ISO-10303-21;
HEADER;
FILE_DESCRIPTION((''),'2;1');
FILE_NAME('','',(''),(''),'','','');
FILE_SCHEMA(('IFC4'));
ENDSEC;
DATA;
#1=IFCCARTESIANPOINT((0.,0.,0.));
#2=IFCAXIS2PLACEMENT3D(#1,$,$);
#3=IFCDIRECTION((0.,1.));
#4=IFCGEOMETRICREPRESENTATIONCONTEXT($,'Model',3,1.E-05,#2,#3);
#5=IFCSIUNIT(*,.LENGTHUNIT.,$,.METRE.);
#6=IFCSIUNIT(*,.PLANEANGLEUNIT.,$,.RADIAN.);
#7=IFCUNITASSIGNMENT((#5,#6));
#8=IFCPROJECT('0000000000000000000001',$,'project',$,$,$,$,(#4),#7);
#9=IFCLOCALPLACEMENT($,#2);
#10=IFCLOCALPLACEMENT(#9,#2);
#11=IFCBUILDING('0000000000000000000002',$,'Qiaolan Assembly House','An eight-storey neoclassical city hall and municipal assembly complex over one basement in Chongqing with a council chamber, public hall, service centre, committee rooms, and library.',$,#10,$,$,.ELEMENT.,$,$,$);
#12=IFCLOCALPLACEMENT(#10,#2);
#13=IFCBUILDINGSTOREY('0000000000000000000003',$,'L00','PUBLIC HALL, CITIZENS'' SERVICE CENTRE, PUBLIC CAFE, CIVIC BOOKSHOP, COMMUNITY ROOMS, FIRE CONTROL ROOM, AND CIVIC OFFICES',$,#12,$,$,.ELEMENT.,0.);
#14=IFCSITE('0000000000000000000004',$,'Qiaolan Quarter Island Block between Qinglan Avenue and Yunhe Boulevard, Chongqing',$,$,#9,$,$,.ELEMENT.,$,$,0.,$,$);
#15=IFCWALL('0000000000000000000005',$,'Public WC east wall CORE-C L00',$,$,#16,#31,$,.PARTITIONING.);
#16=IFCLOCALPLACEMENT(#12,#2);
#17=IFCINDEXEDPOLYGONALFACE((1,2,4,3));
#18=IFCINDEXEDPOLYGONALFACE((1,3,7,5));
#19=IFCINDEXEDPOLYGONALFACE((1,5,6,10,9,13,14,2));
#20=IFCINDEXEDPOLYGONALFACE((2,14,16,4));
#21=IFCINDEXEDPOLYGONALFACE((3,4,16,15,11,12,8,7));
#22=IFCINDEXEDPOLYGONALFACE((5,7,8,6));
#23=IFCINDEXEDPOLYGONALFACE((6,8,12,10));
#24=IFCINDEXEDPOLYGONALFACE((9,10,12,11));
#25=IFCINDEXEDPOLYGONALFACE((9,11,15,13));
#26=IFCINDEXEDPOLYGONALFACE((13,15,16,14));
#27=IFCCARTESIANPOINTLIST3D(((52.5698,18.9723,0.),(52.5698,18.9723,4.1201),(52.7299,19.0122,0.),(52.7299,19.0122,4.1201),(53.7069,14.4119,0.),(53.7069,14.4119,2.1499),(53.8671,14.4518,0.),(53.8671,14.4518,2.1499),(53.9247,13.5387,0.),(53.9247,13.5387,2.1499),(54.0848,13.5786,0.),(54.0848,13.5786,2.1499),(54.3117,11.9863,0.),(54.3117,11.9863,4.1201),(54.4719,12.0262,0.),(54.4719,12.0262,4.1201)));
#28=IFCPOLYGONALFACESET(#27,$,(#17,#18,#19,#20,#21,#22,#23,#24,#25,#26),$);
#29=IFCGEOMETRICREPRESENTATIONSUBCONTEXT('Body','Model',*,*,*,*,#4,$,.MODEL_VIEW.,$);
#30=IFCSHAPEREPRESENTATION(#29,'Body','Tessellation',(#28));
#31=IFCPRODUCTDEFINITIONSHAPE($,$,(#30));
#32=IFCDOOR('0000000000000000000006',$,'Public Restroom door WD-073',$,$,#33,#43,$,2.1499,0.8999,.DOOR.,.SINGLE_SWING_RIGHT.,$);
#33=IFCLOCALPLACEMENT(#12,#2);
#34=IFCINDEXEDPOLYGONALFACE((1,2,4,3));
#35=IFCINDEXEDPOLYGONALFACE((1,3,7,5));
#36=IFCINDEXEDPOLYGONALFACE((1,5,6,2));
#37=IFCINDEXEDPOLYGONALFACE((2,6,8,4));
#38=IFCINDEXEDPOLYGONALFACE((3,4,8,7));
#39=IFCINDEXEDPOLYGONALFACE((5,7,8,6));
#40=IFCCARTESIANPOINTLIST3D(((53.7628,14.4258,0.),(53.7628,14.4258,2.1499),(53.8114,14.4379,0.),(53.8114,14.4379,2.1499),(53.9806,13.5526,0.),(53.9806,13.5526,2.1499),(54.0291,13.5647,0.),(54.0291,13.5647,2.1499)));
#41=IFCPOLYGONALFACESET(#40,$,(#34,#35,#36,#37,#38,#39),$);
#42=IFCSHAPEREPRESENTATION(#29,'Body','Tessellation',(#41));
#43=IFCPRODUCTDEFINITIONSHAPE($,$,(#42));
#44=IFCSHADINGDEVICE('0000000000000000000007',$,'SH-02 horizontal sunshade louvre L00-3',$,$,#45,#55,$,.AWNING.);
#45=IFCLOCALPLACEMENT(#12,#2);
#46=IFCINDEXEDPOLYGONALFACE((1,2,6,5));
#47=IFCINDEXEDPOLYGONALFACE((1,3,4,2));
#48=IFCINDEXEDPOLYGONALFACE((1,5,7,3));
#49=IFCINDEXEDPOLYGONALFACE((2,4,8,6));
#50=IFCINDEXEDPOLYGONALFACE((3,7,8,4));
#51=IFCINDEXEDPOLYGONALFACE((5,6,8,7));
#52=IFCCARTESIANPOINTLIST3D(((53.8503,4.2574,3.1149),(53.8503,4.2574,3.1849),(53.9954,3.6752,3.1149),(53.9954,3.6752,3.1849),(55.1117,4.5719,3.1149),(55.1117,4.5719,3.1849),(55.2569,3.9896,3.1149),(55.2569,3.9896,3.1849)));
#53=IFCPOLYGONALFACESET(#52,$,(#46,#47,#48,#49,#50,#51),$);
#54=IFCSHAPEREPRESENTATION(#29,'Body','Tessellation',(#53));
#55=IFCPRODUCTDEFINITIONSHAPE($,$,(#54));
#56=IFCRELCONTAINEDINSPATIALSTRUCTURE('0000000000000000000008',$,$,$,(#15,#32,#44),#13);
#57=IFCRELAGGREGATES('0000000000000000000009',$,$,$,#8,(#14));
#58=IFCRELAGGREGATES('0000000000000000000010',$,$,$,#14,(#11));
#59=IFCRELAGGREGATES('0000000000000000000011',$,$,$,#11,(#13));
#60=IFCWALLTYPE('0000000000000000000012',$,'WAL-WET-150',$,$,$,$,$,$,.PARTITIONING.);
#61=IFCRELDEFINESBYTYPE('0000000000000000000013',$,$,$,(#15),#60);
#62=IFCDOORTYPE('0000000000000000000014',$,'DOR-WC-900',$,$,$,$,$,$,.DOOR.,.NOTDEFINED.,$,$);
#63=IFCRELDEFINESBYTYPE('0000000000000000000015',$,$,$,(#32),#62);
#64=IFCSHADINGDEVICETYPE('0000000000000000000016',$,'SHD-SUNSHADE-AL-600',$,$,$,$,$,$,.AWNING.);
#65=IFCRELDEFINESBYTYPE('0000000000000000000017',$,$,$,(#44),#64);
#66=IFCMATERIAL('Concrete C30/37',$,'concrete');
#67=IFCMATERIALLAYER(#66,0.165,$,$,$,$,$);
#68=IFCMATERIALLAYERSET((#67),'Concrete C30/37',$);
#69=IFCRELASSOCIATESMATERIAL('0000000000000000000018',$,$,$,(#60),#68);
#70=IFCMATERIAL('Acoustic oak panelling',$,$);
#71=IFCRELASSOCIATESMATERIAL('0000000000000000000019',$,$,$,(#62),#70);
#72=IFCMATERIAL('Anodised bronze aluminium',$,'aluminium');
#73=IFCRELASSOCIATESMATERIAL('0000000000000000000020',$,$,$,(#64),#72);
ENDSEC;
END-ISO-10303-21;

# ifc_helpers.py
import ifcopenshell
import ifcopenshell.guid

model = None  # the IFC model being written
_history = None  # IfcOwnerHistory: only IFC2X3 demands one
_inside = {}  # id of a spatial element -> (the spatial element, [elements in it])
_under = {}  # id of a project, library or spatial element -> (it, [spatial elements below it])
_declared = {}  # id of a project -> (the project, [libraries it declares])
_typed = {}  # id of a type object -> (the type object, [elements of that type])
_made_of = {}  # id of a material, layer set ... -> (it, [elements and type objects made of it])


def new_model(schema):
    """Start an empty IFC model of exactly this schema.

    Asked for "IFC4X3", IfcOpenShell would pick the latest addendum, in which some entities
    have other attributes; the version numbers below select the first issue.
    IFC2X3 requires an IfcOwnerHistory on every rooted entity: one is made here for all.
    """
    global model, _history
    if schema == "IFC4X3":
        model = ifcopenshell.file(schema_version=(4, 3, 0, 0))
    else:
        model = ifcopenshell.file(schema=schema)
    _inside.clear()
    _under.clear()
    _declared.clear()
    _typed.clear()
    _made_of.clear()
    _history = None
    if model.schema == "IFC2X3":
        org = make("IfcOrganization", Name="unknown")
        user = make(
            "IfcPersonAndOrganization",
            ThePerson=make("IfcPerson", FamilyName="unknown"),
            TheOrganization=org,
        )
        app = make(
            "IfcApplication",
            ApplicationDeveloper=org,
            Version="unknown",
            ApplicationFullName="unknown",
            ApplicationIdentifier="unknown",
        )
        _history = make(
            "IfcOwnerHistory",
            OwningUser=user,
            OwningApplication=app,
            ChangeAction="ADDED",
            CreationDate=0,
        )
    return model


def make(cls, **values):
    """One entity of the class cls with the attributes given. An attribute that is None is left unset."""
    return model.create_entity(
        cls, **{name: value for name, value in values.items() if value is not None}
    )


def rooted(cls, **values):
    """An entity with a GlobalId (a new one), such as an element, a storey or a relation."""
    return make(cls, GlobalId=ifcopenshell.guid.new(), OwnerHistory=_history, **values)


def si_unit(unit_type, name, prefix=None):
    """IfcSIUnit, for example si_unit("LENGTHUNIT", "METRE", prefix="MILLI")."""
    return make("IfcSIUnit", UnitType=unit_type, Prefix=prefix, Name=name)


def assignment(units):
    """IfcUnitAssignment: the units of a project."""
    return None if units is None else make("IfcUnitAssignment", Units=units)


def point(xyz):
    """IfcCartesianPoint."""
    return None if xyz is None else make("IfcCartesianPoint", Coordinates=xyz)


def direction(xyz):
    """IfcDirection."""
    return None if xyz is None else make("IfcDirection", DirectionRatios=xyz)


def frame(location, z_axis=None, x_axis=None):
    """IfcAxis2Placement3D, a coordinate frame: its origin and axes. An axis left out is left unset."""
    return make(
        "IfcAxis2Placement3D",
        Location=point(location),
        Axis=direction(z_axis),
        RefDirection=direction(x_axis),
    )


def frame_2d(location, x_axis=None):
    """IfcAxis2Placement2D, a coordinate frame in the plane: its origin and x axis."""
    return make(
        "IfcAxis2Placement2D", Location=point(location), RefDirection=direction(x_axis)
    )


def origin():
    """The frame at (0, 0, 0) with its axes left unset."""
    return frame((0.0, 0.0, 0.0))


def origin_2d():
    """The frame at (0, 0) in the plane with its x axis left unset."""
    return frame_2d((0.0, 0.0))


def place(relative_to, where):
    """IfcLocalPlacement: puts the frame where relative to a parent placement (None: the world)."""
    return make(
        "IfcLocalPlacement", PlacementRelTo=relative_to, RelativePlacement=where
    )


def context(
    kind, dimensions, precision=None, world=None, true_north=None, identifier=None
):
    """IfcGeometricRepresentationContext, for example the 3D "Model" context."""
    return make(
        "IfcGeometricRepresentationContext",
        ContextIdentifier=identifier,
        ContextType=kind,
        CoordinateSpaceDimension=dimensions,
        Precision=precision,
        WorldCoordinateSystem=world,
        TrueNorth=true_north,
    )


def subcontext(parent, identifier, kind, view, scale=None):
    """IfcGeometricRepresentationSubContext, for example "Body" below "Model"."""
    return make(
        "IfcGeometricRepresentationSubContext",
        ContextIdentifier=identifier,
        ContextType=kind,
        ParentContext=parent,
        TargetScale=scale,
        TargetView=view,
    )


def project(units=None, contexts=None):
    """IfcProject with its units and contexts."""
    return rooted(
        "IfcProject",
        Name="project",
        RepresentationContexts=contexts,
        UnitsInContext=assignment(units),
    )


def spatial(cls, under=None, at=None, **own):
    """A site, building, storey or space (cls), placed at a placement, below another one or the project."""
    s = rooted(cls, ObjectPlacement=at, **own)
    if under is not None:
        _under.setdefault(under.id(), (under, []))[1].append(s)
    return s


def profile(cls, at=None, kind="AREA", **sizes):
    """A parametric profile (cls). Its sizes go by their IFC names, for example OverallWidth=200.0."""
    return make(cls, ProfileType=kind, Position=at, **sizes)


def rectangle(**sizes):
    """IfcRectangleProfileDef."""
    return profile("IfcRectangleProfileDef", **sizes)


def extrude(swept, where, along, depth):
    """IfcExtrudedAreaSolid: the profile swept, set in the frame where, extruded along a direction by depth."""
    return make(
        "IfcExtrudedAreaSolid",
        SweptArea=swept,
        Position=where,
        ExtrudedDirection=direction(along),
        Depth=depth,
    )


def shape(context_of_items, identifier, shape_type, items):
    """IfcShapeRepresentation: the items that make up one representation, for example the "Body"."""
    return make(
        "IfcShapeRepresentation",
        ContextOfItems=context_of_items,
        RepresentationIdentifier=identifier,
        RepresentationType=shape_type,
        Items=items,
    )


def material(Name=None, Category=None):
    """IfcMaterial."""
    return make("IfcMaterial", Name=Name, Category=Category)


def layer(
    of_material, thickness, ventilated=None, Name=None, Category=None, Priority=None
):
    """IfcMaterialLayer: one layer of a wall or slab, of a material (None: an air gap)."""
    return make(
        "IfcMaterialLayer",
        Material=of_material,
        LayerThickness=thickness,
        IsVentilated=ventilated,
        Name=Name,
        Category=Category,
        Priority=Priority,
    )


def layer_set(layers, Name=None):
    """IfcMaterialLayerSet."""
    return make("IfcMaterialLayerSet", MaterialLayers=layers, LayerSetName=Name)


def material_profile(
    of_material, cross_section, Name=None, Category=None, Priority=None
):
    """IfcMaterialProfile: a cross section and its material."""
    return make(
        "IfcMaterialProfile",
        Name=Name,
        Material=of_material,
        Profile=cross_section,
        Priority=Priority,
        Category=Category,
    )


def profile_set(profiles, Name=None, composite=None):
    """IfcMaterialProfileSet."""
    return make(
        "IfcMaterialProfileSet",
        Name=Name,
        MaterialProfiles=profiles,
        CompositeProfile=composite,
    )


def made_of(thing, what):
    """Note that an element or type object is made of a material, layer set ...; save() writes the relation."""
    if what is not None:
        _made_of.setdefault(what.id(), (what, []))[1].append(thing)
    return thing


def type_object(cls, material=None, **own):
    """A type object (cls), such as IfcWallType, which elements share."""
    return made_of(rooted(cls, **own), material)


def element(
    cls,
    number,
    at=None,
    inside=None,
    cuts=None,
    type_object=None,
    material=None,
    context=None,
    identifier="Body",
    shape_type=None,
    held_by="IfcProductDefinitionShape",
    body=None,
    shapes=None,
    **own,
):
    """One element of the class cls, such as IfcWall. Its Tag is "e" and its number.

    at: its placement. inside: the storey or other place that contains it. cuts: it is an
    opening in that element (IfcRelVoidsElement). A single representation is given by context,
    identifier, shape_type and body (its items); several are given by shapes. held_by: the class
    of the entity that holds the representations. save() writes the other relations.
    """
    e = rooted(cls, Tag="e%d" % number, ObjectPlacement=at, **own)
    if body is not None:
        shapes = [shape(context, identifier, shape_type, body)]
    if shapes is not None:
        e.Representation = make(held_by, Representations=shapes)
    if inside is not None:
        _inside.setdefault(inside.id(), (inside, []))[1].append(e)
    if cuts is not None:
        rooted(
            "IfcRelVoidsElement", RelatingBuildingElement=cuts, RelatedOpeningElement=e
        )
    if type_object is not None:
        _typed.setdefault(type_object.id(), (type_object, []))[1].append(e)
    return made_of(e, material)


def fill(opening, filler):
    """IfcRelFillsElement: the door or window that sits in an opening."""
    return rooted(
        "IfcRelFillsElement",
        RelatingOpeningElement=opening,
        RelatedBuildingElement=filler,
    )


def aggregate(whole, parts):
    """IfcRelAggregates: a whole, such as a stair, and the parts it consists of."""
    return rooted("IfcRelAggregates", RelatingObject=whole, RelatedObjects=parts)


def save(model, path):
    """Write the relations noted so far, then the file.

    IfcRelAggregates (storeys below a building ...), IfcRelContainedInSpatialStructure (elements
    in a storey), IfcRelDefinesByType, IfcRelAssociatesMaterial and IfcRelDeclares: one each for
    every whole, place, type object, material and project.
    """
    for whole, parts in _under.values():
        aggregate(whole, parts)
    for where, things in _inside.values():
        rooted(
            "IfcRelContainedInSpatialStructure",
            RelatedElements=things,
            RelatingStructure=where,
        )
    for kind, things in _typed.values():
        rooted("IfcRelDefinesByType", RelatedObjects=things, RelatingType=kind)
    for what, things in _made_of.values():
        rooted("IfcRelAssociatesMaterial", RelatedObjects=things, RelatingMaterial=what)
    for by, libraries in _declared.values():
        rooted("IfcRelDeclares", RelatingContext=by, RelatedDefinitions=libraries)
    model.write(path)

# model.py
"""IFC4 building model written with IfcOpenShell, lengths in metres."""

from ifc_helpers import new_model, si_unit, direction, frame, frame_2d, origin, origin_2d, place, context, subcontext, project, spatial, rectangle, extrude, material, layer, layer_set, material_profile, profile_set, type_object, element, fill, save


model = new_model("IFC4")

# Units and contexts
model_context = context("Model", 3, precision=1e-05, world=origin(), true_north=direction((0.0, 1.0)))
body_context = subcontext(model_context, "Body", "Model", "MODEL_VIEW")
ifc_project = project(units=[si_unit("LENGTHUNIT", "METRE"), si_unit("PLANEANGLEUNIT", "RADIAN")], contexts=[model_context])

# Site, building, storey
site_placement = place(None, origin())
site = spatial("IfcSite", under=ifc_project, at=site_placement, Name="Qiaolan Quarter Island Block between Qinglan Avenue and Yunhe Boulevard, Chongqing", CompositionType="ELEMENT", RefElevation=0.0)
building_placement = place(site_placement, origin())
building = spatial("IfcBuilding", under=site, at=building_placement, Name="Qiaolan Assembly House", Description="An eight-storey neoclassical city hall and municipal assembly complex over one basement in Chongqing with a council chamber, public hall, service centre, committee rooms, and library.", CompositionType="ELEMENT")
storey_placement = place(building_placement, origin())
storey = spatial("IfcBuildingStorey", under=building, at=storey_placement, Name="L00", Description="PUBLIC HALL, CITIZENS' SERVICE CENTRE, PUBLIC CAFE, CIVIC BOOKSHOP, COMMUNITY ROOMS, FIRE CONTROL ROOM, AND CIVIC OFFICES", CompositionType="ELEMENT", Elevation=0.0)

# Shared definitions
ifc_material_1 = material(Name="Anodised bronze aluminium", Category="aluminium")

# Wall, opening, door
ifc_material_2 = material(Name="Acoustic oak panelling")
ifc_material_3 = material(Name="Concrete C30/37", Category="concrete")
ifc_layer_1 = layer(ifc_material_3, 0.165)
ifc_layer_set_1 = layer_set([ifc_layer_1], Name="Concrete C30/37")
wall_type_1 = type_object("IfcWallType", Name="WAL-WET-150", PredefinedType="PARTITIONING", material=ifc_layer_set_1)
wall_1_placement = place(storey_placement, frame((54.3918, 12.0061, 0.0), z_axis=(0.0, 0.0, 1.0), x_axis=(-0.241937, 0.970292, 0.0)))
wall_1 = element("IfcWall", 1, at=wall_1_placement, inside=storey, type_object=wall_type_1, Name="Public WC east wall CORE-C L00", PredefinedType="PARTITIONING", context=body_context, shape_type="SweptSolid", body=[
    extrude(rectangle(XDim=7.2, YDim=0.165, at=frame_2d((3.6001, 0.0))), origin(), (0.0, 0.0, 1.0), 4.1201),
])
opening_1_placement = place(wall_1_placement, frame((1.6001, 0.0, 0.0)))
opening_1 = element("IfcOpeningElement", 2, at=opening_1_placement, cuts=wall_1, PredefinedType="OPENING", context=body_context, shape_type="SweptSolid", body=[
    extrude(rectangle(XDim=0.8999, YDim=2.1499, at=frame_2d((0.45, 1.075))), frame((0.0, 0.0925, 0.0), z_axis=(0.0, -1.0, 0.0), x_axis=(1.0, 0.0, 0.0)), (0.0, 0.0, 1.0), 0.1851),
])
door_type_1 = type_object("IfcDoorType", Name="DOR-WC-900", OperationType="NOTDEFINED", PredefinedType="DOOR", material=ifc_material_2)
door_1_placement = place(opening_1_placement, origin())
door_1 = element("IfcDoor", 3, at=door_1_placement, inside=storey, type_object=door_type_1, Name="Public Restroom door WD-073", OperationType="SINGLE_SWING_RIGHT", OverallHeight=2.1499, OverallWidth=0.8999, PredefinedType="DOOR", context=body_context, shape_type="SweptSolid", body=[
    extrude(rectangle(XDim=0.8999, YDim=2.1499, at=frame_2d((0.45, 1.075))), frame((0.0, 0.0249, 0.0), z_axis=(0.0, -1.0, 0.0), x_axis=(1.0, 0.0, 0.0)), (0.0, 0.0, 1.0), 0.05),
])
fill(opening_1, door_1)

# Shading device
ifc_material_profile_1 = material_profile(ifc_material_1, rectangle(XDim=0.6001, YDim=0.0701, at=origin_2d()), Name="SHD 600x70")
ifc_profile_set_1 = profile_set([ifc_material_profile_1], Name="Anodised bronze aluminium")
shading_device_type = type_object("IfcShadingDeviceType", Name="SHD-SUNSHADE-AL-600", PredefinedType="AWNING", material=ifc_profile_set_1)
shading_device_placement = place(storey_placement, frame((53.9229, 3.9663, 3.1499), z_axis=(0.970308, 0.241873, 0.0), x_axis=(-0.241873, 0.970308, 0.0)))
element("IfcShadingDevice", 4, at=shading_device_placement, inside=storey, type_object=shading_device_type, Name="SH-02 horizontal sunshade louvre L00-3", PredefinedType="AWNING", context=body_context, shape_type="SweptSolid", body=[
    extrude(rectangle(XDim=0.6001, YDim=0.0701, at=origin_2d()), origin(), (0.0, 0.0, 1.0), 1.3),
])

save(model, "model.ifc")
